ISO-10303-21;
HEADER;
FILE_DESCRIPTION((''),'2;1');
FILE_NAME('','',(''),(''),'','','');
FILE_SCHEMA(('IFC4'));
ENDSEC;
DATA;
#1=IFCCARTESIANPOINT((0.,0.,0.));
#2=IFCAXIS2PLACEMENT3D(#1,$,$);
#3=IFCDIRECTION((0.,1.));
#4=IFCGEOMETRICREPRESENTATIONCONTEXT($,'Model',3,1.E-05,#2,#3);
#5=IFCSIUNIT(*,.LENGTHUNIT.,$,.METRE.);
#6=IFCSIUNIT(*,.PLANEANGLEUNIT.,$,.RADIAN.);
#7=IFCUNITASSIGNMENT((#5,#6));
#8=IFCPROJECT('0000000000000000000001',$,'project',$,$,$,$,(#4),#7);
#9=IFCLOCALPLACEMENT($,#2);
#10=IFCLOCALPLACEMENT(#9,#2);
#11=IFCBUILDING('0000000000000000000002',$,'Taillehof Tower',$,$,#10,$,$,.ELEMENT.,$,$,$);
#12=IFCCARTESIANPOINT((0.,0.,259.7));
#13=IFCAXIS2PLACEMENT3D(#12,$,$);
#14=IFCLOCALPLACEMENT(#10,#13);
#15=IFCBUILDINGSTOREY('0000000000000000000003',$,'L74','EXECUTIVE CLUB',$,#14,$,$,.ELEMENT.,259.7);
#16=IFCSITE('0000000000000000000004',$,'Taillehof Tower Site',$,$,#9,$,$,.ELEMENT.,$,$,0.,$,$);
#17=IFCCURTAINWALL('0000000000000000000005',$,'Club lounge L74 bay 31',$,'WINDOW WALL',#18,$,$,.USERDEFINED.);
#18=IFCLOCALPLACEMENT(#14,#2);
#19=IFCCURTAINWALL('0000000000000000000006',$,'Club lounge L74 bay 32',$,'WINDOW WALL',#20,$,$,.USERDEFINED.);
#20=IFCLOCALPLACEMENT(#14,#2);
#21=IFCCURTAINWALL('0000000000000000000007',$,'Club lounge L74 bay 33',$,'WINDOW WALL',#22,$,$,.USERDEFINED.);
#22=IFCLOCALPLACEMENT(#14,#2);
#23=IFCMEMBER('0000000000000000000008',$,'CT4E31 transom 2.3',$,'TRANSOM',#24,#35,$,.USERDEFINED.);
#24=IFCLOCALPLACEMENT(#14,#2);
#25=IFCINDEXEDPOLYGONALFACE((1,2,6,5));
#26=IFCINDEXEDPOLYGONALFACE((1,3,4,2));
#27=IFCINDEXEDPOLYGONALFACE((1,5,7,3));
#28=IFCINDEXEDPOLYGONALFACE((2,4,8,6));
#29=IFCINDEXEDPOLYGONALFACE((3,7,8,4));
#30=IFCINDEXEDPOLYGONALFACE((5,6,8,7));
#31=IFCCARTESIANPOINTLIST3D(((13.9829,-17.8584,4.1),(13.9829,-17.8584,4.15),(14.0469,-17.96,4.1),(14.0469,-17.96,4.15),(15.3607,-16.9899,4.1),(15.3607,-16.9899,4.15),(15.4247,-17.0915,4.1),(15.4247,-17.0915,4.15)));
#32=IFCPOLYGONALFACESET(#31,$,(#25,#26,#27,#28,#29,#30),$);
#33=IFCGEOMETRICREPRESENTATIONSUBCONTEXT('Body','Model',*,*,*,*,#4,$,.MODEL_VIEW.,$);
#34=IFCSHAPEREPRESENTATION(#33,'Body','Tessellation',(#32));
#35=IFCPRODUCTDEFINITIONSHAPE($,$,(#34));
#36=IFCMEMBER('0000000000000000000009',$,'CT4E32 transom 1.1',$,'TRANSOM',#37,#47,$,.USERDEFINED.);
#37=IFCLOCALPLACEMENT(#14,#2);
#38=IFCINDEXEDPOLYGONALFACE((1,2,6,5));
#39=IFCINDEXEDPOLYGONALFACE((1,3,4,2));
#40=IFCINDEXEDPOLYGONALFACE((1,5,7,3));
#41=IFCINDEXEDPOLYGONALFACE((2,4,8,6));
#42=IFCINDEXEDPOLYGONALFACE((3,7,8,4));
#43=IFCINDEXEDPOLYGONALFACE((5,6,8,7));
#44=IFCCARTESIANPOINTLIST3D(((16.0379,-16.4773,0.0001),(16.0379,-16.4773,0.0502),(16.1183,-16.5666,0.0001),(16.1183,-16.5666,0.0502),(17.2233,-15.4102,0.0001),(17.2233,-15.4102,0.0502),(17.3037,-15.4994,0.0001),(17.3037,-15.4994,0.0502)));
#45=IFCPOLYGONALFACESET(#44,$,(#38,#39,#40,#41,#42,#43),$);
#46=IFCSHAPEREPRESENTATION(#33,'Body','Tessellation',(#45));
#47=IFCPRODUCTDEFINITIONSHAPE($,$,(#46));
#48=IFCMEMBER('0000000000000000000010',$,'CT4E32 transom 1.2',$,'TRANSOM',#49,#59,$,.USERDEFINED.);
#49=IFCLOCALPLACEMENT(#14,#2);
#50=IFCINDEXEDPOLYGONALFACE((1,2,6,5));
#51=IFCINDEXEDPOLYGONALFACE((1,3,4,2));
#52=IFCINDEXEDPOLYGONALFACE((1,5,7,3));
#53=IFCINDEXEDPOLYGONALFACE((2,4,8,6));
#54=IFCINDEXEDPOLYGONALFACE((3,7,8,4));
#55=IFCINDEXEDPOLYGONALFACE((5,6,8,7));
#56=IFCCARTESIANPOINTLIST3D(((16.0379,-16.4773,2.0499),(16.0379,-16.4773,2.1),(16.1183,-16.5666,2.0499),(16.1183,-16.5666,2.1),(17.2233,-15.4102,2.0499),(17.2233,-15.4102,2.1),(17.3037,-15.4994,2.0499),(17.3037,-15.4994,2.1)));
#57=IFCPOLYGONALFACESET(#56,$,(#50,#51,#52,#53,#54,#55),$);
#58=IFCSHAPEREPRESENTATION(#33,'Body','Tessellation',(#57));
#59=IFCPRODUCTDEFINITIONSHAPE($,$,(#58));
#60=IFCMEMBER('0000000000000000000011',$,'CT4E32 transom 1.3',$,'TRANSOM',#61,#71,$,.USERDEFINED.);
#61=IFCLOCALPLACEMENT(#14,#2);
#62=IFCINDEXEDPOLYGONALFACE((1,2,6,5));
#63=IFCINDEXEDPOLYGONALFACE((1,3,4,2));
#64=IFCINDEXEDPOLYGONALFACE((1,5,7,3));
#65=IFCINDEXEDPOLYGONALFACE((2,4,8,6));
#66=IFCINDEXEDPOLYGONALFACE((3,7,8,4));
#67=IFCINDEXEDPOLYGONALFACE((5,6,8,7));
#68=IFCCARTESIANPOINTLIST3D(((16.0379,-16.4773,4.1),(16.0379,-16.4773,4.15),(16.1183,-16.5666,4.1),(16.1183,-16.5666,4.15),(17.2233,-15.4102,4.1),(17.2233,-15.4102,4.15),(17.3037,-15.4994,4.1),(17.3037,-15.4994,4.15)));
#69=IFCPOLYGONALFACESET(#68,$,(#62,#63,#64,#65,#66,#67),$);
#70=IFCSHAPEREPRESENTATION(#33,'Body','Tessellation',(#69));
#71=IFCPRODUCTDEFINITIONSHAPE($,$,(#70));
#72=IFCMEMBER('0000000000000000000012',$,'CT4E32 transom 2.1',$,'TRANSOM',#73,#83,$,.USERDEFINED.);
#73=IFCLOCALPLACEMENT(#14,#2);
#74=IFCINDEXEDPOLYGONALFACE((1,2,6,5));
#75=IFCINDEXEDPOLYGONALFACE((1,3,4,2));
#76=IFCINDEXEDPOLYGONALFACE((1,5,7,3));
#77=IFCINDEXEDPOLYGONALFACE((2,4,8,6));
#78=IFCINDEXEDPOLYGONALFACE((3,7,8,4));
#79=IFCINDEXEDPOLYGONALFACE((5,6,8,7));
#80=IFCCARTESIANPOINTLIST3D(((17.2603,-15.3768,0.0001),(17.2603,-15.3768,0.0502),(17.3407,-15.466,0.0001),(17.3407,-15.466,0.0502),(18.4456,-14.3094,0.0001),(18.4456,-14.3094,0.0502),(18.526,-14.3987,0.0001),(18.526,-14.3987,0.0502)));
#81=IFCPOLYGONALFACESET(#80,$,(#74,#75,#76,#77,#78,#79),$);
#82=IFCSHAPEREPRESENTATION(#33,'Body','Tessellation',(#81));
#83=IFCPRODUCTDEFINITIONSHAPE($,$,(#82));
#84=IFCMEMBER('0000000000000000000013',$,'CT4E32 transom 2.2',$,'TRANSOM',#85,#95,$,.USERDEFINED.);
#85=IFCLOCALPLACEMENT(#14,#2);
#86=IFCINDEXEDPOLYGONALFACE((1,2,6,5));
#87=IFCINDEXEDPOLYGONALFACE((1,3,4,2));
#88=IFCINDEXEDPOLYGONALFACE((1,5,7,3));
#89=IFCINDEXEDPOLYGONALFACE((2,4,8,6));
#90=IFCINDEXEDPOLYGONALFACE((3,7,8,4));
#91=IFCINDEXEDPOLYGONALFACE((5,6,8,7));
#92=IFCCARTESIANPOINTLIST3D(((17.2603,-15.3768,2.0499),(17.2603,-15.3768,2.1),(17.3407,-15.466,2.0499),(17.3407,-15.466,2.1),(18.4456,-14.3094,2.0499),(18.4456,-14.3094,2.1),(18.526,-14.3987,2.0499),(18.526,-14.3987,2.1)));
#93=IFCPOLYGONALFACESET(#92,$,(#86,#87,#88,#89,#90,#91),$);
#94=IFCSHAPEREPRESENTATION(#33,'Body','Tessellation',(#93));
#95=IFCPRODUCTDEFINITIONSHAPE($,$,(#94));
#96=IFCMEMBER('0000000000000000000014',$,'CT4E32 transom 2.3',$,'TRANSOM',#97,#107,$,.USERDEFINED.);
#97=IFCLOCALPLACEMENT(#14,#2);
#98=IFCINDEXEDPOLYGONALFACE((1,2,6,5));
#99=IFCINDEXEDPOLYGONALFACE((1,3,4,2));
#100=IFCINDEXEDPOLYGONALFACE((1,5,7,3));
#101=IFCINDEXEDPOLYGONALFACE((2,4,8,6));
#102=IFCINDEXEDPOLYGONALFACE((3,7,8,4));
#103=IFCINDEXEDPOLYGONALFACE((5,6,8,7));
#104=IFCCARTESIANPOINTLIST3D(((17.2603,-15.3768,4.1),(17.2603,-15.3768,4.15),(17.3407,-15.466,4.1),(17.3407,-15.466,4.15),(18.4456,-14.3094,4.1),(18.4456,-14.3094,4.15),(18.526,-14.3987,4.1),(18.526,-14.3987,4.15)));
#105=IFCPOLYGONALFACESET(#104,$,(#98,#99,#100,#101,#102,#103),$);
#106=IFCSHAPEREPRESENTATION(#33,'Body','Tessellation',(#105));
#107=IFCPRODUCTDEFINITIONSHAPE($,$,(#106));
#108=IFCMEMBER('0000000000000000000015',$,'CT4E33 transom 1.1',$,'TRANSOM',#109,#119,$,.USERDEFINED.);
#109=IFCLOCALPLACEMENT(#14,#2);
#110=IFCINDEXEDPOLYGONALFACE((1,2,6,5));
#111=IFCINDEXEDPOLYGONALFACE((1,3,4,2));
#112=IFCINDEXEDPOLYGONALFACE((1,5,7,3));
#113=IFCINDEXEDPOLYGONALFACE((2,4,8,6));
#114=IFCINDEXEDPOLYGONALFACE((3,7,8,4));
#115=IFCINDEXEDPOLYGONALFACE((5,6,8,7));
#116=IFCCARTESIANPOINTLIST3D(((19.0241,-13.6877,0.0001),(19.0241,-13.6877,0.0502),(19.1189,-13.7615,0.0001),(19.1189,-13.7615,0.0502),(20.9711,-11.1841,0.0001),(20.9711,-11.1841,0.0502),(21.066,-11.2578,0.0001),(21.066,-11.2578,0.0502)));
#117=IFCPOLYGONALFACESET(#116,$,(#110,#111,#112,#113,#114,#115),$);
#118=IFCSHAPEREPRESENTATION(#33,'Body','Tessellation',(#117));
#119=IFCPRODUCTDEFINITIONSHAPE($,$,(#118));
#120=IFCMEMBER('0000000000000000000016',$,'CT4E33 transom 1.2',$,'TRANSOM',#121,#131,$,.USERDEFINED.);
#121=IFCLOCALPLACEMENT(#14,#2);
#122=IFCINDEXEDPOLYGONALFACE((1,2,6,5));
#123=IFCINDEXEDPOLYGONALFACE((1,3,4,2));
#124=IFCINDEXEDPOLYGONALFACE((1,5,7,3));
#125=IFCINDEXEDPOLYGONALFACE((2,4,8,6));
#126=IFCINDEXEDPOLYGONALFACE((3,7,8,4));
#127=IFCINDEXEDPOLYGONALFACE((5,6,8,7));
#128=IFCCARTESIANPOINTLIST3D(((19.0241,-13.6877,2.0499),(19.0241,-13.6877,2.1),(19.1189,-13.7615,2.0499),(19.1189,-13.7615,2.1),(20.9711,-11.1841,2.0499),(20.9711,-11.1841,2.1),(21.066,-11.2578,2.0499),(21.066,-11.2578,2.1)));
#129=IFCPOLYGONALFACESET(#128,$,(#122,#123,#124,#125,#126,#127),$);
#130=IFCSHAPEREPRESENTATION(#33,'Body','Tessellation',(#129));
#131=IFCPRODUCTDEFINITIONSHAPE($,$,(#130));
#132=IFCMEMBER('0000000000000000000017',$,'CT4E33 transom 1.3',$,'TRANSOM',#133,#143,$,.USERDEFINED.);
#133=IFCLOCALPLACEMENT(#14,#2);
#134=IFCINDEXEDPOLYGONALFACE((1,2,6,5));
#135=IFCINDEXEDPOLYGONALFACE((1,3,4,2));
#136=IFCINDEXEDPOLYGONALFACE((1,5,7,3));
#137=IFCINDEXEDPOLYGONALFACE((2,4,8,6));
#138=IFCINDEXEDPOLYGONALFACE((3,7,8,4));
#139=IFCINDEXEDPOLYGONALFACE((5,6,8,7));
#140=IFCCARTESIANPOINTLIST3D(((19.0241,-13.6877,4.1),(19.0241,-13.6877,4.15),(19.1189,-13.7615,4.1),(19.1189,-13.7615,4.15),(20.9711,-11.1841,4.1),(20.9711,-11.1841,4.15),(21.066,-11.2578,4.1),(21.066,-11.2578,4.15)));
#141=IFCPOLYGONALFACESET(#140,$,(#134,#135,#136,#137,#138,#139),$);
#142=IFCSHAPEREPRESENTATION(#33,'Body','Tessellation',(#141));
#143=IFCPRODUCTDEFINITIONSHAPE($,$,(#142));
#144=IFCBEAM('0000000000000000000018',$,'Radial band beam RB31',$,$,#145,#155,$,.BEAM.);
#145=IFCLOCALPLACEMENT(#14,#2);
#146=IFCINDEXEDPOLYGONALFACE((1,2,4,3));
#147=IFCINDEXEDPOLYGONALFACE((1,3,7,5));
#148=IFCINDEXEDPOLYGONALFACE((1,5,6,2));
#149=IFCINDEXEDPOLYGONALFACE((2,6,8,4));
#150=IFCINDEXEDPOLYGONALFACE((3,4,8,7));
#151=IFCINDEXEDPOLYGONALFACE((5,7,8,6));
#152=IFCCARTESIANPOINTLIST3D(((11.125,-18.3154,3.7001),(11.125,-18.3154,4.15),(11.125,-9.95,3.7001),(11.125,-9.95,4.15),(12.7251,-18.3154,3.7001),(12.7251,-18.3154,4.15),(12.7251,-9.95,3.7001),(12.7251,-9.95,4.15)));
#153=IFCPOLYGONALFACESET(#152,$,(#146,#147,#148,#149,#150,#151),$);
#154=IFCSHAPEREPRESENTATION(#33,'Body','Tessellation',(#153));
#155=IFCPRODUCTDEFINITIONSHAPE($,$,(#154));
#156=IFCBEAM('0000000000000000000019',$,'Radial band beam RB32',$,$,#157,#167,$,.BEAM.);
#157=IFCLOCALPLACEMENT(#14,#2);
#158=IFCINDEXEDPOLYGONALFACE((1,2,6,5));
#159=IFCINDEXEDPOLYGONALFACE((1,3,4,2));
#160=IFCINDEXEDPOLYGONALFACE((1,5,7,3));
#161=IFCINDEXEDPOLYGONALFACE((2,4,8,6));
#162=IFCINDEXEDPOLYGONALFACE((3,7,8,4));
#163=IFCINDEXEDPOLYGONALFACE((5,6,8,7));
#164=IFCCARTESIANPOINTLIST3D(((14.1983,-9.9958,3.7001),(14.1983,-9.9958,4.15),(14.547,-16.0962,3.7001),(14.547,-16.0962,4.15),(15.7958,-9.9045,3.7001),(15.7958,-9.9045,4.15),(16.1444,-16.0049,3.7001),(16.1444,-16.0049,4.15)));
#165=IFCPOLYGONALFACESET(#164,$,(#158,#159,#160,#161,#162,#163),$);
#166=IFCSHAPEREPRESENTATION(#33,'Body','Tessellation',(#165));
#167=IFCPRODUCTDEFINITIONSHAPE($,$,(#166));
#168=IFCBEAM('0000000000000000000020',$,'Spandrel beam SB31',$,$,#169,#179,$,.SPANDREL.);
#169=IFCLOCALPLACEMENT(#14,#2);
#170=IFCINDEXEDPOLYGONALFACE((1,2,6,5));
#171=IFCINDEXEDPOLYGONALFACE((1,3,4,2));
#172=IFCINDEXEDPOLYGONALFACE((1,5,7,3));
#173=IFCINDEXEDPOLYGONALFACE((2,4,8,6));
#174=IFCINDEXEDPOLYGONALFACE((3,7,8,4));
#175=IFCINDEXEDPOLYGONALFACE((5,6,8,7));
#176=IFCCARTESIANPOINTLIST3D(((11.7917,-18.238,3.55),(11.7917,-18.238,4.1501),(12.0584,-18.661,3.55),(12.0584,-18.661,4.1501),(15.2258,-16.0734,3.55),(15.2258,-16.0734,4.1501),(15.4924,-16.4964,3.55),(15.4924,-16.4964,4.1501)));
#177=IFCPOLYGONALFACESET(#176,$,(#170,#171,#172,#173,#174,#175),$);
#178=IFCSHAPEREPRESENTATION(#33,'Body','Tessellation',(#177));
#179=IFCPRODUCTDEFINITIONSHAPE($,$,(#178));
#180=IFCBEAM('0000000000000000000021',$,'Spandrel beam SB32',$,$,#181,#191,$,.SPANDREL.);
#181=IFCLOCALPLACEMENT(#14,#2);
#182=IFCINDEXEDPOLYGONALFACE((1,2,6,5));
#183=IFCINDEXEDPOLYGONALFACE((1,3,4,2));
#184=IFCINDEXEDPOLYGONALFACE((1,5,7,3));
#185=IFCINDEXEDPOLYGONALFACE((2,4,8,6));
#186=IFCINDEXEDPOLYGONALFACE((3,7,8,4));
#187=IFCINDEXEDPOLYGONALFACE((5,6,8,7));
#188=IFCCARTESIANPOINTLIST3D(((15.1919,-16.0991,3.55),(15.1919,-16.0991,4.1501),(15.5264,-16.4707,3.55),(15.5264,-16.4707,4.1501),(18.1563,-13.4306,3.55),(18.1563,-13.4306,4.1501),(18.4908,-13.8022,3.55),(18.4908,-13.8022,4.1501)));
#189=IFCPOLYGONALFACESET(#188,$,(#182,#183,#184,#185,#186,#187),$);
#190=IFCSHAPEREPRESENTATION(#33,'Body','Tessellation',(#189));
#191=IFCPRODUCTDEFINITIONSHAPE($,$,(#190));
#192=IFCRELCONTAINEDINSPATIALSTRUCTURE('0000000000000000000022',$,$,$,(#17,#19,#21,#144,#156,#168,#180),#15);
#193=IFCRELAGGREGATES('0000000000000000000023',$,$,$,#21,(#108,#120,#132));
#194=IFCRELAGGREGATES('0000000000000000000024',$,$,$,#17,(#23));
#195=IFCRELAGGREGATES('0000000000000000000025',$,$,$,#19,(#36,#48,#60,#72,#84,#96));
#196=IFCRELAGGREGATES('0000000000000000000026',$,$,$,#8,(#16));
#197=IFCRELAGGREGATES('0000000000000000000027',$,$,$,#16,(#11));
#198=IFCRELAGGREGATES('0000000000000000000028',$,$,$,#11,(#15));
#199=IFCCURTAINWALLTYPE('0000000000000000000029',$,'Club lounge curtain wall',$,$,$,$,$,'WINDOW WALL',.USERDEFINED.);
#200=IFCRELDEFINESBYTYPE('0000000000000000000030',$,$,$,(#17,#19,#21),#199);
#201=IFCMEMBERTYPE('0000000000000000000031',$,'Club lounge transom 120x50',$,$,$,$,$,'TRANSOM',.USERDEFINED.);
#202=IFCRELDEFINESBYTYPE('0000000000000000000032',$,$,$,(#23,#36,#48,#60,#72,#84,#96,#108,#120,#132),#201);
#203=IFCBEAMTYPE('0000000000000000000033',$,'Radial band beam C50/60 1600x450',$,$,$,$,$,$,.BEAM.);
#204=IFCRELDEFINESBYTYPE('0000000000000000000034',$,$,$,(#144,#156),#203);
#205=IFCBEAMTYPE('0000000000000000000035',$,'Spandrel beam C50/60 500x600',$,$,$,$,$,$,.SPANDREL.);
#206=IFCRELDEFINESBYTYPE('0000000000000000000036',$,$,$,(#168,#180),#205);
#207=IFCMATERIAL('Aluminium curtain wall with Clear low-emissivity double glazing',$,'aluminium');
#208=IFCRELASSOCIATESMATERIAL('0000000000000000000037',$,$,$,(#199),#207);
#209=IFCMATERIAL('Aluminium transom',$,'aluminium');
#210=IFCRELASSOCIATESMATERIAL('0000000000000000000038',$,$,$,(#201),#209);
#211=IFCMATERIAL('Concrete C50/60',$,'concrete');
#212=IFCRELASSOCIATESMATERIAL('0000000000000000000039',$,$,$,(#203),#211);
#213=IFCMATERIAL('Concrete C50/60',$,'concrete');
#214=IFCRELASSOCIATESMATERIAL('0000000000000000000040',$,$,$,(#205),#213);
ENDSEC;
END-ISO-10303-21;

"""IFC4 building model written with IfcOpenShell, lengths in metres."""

from ifc_helpers import new_model, si_unit, direction, frame, origin, origin_2d, place, context, subcontext, project, spatial, rectangle, extrude, material, material_profile, profile_set, type_object, element, aggregate, save


model = new_model("IFC4")

# Units and contexts
model_context = context("Model", 3, precision=1e-05, world=origin(), true_north=direction((0.0, 1.0)))
body_context = subcontext(model_context, "Body", "Model", "MODEL_VIEW")
ifc_project = project(units=[si_unit("LENGTHUNIT", "METRE"), si_unit("PLANEANGLEUNIT", "RADIAN")], contexts=[model_context])

# Site, building, storey
site_placement = place(None, origin())
site = spatial("IfcSite", under=ifc_project, at=site_placement, Name="Taillehof Tower Site", CompositionType="ELEMENT", RefElevation=0.0)
building_placement = place(site_placement, origin())
building = spatial("IfcBuilding", under=site, at=building_placement, Name="Taillehof Tower", CompositionType="ELEMENT")
storey_placement = place(building_placement, frame((0.0, 0.0, 259.7)))
storey = spatial("IfcBuildingStorey", under=building, at=storey_placement, Name="L74", Description="EXECUTIVE CLUB", CompositionType="ELEMENT", Elevation=259.7)

# Curtain walls
ifc_material_1 = material(Name="Aluminium curtain wall with Clear low-emissivity double glazing", Category="aluminium")
curtain_wall_type = type_object("IfcCurtainWallType", Name="Club lounge curtain wall", ElementType="WINDOW WALL", PredefinedType="USERDEFINED", material=ifc_material_1)
curtain_wall_1_placement = place(storey_placement, origin())
curtain_wall_1 = element("IfcCurtainWall", 1, at=curtain_wall_1_placement, inside=storey, type_object=curtain_wall_type, Name="Club lounge L74 bay 31", ObjectType="WINDOW WALL", PredefinedType="USERDEFINED")
curtain_wall_2_placement = place(storey_placement, origin())
curtain_wall_2 = element("IfcCurtainWall", 2, at=curtain_wall_2_placement, inside=storey, type_object=curtain_wall_type, Name="Club lounge L74 bay 32", ObjectType="WINDOW WALL", PredefinedType="USERDEFINED")

# Curtain wall
curtain_wall_3_placement = place(storey_placement, origin())
curtain_wall_3 = element("IfcCurtainWall", 3, at=curtain_wall_3_placement, inside=storey, type_object=curtain_wall_type, Name="Club lounge L74 bay 33", ObjectType="WINDOW WALL", PredefinedType="USERDEFINED")

# Members
ifc_material_2 = material(Name="Aluminium transom", Category="aluminium")
ifc_material_profile_1 = material_profile(ifc_material_2, rectangle(XDim=0.1201, YDim=0.05, at=origin_2d()), Name="AL 120x50")
ifc_profile_set_1 = profile_set([ifc_material_profile_1], Name="Aluminium transom")
member_type_1 = type_object("IfcMemberType", Name="Club lounge transom 120x50", ElementType="TRANSOM", PredefinedType="USERDEFINED", material=ifc_profile_set_1)
member_1_placement = place(storey_placement, frame((14.0149, -17.9092, 4.125), z_axis=(0.845962, 0.533243, 0.0), x_axis=(-0.533243, 0.845962, 0.0)))
member_1 = element("IfcMember", 4, at=member_1_placement, type_object=member_type_1, Name="CT4E31 transom 2.3", ObjectType="TRANSOM", PredefinedType="USERDEFINED", context=body_context, shape_type="SweptSolid", body=[
    extrude(rectangle(XDim=0.1201, YDim=0.05, at=origin_2d()), origin(), (0.0, 0.0, 1.0), 1.6287),
])
member_2_placement = place(storey_placement, frame((16.0781, -16.522, 0.0251), z_axis=(0.74318, 0.669092, 0.0), x_axis=(-0.669092, 0.74318, 0.0)))
member_2 = element("IfcMember", 5, at=member_2_placement, type_object=member_type_1, Name="CT4E32 transom 1.1", ObjectType="TRANSOM", PredefinedType="USERDEFINED", context=body_context, shape_type="SweptSolid", body=[
    extrude(rectangle(XDim=0.1201, YDim=0.05, at=origin_2d()), origin(), (0.0, 0.0, 1.0), 1.595),
])
member_3_placement = place(storey_placement, frame((16.0781, -16.522, 2.075), z_axis=(0.74318, 0.669092, 0.0), x_axis=(-0.669092, 0.74318, 0.0)))
member_3 = element("IfcMember", 6, at=member_3_placement, type_object=member_type_1, Name="CT4E32 transom 1.2", ObjectType="TRANSOM", PredefinedType="USERDEFINED", context=body_context, shape_type="SweptSolid", body=[
    extrude(rectangle(XDim=0.1201, YDim=0.05, at=origin_2d()), origin(), (0.0, 0.0, 1.0), 1.595),
])
member_4_placement = place(storey_placement, frame((16.0781, -16.522, 4.125), z_axis=(0.74318, 0.669092, 0.0), x_axis=(-0.669092, 0.74318, 0.0)))
member_4 = element("IfcMember", 7, at=member_4_placement, type_object=member_type_1, Name="CT4E32 transom 1.3", ObjectType="TRANSOM", PredefinedType="USERDEFINED", context=body_context, shape_type="SweptSolid", body=[
    extrude(rectangle(XDim=0.1201, YDim=0.05, at=origin_2d()), origin(), (0.0, 0.0, 1.0), 1.595),
])
member_5_placement = place(storey_placement, frame((17.3005, -15.4214, 0.0251), z_axis=(0.743104, 0.669176, 0.0), x_axis=(-0.669176, 0.743104, 0.0)))
member_5 = element("IfcMember", 8, at=member_5_placement, type_object=member_type_1, Name="CT4E32 transom 2.1", ObjectType="TRANSOM", PredefinedType="USERDEFINED", context=body_context, shape_type="SweptSolid", body=[
    extrude(rectangle(XDim=0.1201, YDim=0.05, at=origin_2d()), origin(), (0.0, 0.0, 1.0), 1.595),
])
member_6_placement = place(storey_placement, frame((17.3005, -15.4214, 2.075), z_axis=(0.743104, 0.669176, 0.0), x_axis=(-0.669176, 0.743104, 0.0)))
member_6 = element("IfcMember", 9, at=member_6_placement, type_object=member_type_1, Name="CT4E32 transom 2.2", ObjectType="TRANSOM", PredefinedType="USERDEFINED", context=body_context, shape_type="SweptSolid", body=[
    extrude(rectangle(XDim=0.1201, YDim=0.05, at=origin_2d()), origin(), (0.0, 0.0, 1.0), 1.595),
])
member_7_placement = place(storey_placement, frame((17.3005, -15.4214, 4.125), z_axis=(0.743104, 0.669176, 0.0), x_axis=(-0.669176, 0.743104, 0.0)))
member_7 = element("IfcMember", 10, at=member_7_placement, type_object=member_type_1, Name="CT4E32 transom 2.3", ObjectType="TRANSOM", PredefinedType="USERDEFINED", context=body_context, shape_type="SweptSolid", body=[
    extrude(rectangle(XDim=0.1201, YDim=0.05, at=origin_2d()), origin(), (0.0, 0.0, 1.0), 1.595),
])
member_8_placement = place(storey_placement, frame((19.0715, -13.7246, 0.0251), z_axis=(0.613887, 0.789394, 0.0), x_axis=(-0.789394, 0.613887, 0.0)))
member_8 = element("IfcMember", 11, at=member_8_placement, type_object=member_type_1, Name="CT4E33 transom 1.1", ObjectType="TRANSOM", PredefinedType="USERDEFINED", context=body_context, shape_type="SweptSolid", body=[
    extrude(rectangle(XDim=0.1201, YDim=0.05, at=origin_2d()), origin(), (0.0, 0.0, 1.0), 3.1716),
])
member_9_placement = place(storey_placement, frame((19.0715, -13.7246, 2.075), z_axis=(0.613887, 0.789394, 0.0), x_axis=(-0.789394, 0.613887, 0.0)))
member_9 = element("IfcMember", 12, at=member_9_placement, type_object=member_type_1, Name="CT4E33 transom 1.2", ObjectType="TRANSOM", PredefinedType="USERDEFINED", context=body_context, shape_type="SweptSolid", body=[
    extrude(rectangle(XDim=0.1201, YDim=0.05, at=origin_2d()), origin(), (0.0, 0.0, 1.0), 3.1716),
])
member_10_placement = place(storey_placement, frame((19.0715, -13.7246, 4.125), z_axis=(0.613887, 0.789394, 0.0), x_axis=(-0.789394, 0.613887, 0.0)))
member_10 = element("IfcMember", 13, at=member_10_placement, type_object=member_type_1, Name="CT4E33 transom 1.3", ObjectType="TRANSOM", PredefinedType="USERDEFINED", context=body_context, shape_type="SweptSolid", body=[
    extrude(rectangle(XDim=0.1201, YDim=0.05, at=origin_2d()), origin(), (0.0, 0.0, 1.0), 3.1716),
])
aggregate(curtain_wall_3, [member_8, member_9, member_10])

# Beams
ifc_material_3 = material(Name="Concrete C50/60", Category="concrete")
ifc_material_profile_2 = material_profile(ifc_material_3, rectangle(XDim=1.6001, YDim=0.45, at=origin_2d()), Name="RC 1600x450")
ifc_profile_set_2 = profile_set([ifc_material_profile_2], Name="Concrete C50/60")
beam_type_1 = type_object("IfcBeamType", Name="Radial band beam C50/60 1600x450", PredefinedType="BEAM", material=ifc_profile_set_2)
beam_1_placement = place(storey_placement, frame((11.925, -18.3154, 3.925), z_axis=(0.0, 1.0, 0.0), x_axis=(-1.0, 0.0, 0.0)))
element("IfcBeam", 14, at=beam_1_placement, inside=storey, type_object=beam_type_1, Name="Radial band beam RB31", PredefinedType="BEAM", context=body_context, shape_type="SweptSolid", body=[
    extrude(rectangle(XDim=1.6001, YDim=0.45, at=origin_2d()), origin(), (0.0, 0.0, 1.0), 8.3655),
])
beam_2_placement = place(storey_placement, frame((15.3457, -16.0505, 3.925), z_axis=(-0.057057, 0.998371, 0.0), x_axis=(-0.998371, -0.057057, 0.0)))
element("IfcBeam", 15, at=beam_2_placement, inside=storey, type_object=beam_type_1, Name="Radial band beam RB32", PredefinedType="BEAM", context=body_context, shape_type="SweptSolid", body=[
    extrude(rectangle(XDim=1.6001, YDim=0.45, at=origin_2d()), origin(), (0.0, 0.0, 1.0), 6.1104),
])
ifc_material_4 = material(Name="Concrete C50/60", Category="concrete")
ifc_material_profile_3 = material_profile(ifc_material_4, rectangle(XDim=0.5, YDim=0.6001, at=origin_2d()), Name="RC 500x600")
ifc_profile_set_3 = profile_set([ifc_material_profile_3], Name="Concrete C50/60")
beam_type_2 = type_object("IfcBeamType", Name="Spandrel beam C50/60 500x600", PredefinedType="SPANDREL", material=ifc_profile_set_3)
beam_3_placement = place(storey_placement, frame((11.925, -18.4495, 3.8501), z_axis=(0.845972, 0.533228, 0.0), x_axis=(-0.533228, 0.845972, 0.0)))
element("IfcBeam", 16, at=beam_3_placement, inside=storey, type_object=beam_type_2, Name="Spandrel beam SB31", PredefinedType="SPANDREL", context=body_context, shape_type="SweptSolid", body=[
    extrude(rectangle(XDim=0.5, YDim=0.6001, at=origin_2d()), origin(), (0.0, 0.0, 1.0), 4.0593),
])
beam_4_placement = place(storey_placement, frame((15.3591, -16.2849, 3.8501), z_axis=(0.743227, 0.669039, 0.0), x_axis=(-0.669039, 0.743227, 0.0)))
element("IfcBeam", 17, at=beam_4_placement, inside=storey, type_object=beam_type_2, Name="Spandrel beam SB32", PredefinedType="SPANDREL", context=body_context, shape_type="SweptSolid", body=[
    extrude(rectangle(XDim=0.5, YDim=0.6001, at=origin_2d()), origin(), (0.0, 0.0, 1.0), 3.9885),
])

aggregate(curtain_wall_1, [member_1])
aggregate(curtain_wall_2, [member_2, member_3, member_4, member_5, member_6, member_7])

save(model, "model.ifc")
